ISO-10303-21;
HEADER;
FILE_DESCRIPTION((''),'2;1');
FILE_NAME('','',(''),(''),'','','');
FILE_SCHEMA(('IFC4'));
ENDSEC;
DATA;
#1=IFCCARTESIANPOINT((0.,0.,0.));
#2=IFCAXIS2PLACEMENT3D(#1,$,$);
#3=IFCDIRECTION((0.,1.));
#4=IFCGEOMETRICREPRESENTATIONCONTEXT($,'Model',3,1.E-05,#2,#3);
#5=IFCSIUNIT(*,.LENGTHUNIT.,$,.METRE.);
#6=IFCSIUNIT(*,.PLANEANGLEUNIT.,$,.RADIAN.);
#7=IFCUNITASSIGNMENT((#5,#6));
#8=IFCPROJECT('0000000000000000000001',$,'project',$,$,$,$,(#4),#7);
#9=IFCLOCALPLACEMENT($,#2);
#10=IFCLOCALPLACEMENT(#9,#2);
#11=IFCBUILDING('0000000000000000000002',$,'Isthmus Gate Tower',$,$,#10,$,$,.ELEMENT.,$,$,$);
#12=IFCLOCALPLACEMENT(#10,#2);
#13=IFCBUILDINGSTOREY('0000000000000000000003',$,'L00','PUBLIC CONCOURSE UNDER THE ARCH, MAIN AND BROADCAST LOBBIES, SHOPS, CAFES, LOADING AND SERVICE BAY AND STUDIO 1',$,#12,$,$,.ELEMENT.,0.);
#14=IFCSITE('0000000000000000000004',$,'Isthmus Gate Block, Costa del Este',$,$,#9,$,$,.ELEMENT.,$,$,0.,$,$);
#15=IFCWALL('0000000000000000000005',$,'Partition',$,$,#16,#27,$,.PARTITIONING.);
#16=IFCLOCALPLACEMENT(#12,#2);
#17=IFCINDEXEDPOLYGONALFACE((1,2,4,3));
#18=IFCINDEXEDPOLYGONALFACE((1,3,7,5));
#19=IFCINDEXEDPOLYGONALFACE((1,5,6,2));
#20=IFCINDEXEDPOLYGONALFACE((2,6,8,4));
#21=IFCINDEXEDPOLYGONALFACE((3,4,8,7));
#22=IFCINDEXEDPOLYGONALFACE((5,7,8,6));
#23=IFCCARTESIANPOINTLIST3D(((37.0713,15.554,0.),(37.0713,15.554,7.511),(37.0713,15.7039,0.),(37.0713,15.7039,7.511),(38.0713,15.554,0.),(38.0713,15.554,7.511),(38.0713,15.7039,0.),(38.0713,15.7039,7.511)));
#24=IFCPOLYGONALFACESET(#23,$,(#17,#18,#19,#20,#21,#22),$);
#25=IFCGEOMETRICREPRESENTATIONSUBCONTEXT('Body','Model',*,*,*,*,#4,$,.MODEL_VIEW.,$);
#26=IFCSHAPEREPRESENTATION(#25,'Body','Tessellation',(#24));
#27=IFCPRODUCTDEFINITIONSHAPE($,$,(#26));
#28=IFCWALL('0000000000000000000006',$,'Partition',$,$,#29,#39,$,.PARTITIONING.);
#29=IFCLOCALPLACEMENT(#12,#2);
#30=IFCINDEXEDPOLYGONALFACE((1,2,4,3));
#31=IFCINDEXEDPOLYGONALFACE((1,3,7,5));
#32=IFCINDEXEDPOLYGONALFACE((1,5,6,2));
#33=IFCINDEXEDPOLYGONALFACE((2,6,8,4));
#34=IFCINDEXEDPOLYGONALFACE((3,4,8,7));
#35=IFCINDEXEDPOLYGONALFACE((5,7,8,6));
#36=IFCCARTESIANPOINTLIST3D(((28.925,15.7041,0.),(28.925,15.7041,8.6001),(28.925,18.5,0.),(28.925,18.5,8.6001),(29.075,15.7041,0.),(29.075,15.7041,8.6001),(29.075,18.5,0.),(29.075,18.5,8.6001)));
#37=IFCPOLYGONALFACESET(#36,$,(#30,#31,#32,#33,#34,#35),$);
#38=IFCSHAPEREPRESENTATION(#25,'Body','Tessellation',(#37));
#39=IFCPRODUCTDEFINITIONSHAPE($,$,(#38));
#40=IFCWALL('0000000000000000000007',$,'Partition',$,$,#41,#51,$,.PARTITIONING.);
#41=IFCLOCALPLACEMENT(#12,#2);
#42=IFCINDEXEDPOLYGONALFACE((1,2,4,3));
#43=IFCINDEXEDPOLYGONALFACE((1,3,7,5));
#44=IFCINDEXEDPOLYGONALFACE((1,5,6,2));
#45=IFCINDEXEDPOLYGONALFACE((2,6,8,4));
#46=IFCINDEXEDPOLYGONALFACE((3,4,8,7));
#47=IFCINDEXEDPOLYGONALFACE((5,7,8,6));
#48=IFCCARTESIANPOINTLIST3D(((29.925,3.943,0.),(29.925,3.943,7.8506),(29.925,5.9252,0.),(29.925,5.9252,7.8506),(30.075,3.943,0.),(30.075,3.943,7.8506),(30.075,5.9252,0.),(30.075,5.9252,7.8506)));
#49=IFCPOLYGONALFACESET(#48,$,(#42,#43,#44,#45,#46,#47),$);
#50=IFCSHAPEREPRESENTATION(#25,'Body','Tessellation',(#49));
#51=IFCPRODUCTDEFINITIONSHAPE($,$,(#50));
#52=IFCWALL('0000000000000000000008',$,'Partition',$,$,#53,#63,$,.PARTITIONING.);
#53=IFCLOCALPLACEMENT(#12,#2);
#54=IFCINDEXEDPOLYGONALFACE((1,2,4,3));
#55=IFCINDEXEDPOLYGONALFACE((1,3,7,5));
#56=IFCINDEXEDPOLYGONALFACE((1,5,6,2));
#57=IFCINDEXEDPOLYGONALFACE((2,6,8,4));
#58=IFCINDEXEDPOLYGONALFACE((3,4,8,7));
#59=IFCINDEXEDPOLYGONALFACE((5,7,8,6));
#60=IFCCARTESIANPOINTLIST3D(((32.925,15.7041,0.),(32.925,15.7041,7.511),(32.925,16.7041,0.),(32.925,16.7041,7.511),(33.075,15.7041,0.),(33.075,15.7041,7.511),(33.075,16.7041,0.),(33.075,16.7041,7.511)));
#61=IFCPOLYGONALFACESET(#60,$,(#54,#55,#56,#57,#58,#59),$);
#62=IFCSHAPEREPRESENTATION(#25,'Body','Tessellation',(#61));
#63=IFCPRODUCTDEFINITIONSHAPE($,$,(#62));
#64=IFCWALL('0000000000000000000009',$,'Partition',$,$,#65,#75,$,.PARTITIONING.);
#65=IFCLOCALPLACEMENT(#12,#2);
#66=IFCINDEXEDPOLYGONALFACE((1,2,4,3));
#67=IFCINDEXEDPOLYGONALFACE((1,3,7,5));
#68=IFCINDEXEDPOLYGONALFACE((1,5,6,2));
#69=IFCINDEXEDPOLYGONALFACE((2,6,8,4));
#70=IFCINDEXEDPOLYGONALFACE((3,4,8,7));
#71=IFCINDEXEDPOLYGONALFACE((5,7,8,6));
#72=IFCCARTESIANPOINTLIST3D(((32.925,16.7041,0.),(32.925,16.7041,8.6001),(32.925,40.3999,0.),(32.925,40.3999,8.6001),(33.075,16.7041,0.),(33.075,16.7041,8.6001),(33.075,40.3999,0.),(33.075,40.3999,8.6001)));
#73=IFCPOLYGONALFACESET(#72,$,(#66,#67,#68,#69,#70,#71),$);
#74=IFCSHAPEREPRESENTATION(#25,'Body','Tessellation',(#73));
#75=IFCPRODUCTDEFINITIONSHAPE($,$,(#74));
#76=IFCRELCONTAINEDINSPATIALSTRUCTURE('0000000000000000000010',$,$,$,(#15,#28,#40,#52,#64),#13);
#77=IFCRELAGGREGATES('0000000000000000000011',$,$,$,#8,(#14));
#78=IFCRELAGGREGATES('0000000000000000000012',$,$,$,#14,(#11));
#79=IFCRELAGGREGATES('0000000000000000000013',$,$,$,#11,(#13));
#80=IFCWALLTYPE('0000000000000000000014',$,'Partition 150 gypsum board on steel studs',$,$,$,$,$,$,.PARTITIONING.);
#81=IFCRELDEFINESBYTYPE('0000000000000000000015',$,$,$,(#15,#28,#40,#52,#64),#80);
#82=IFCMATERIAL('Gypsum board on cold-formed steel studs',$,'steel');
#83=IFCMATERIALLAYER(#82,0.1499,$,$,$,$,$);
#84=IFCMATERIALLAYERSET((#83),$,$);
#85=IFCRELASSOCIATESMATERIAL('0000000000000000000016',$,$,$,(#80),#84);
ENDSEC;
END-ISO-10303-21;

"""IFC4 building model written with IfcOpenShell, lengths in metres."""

from ifc_helpers import new_model, si_unit, direction, frame, frame_2d, origin, place, context, subcontext, project, spatial, rectangle, extrude, material, layer, layer_set, type_object, element, save


model = new_model("IFC4")

# Units and contexts
model_context = context("Model", 3, precision=1e-05, world=origin(), true_north=direction((0.0, 1.0)))
body_context = subcontext(model_context, "Body", "Model", "MODEL_VIEW")
ifc_project = project(units=[si_unit("LENGTHUNIT", "METRE"), si_unit("PLANEANGLEUNIT", "RADIAN")], contexts=[model_context])

# Site, building, storey
site_placement = place(None, origin())
site = spatial("IfcSite", under=ifc_project, at=site_placement, Name="Isthmus Gate Block, Costa del Este", CompositionType="ELEMENT", RefElevation=0.0)
building_placement = place(site_placement, origin())
building = spatial("IfcBuilding", under=site, at=building_placement, Name="Isthmus Gate Tower", CompositionType="ELEMENT")
storey_placement = place(building_placement, origin())
storey = spatial("IfcBuildingStorey", under=building, at=storey_placement, Name="L00", Description="PUBLIC CONCOURSE UNDER THE ARCH, MAIN AND BROADCAST LOBBIES, SHOPS, CAFES, LOADING AND SERVICE BAY AND STUDIO 1", CompositionType="ELEMENT", Elevation=0.0)

# Shared definitions
ifc_material_1 = material(Name="Gypsum board on cold-formed steel studs", Category="steel")
ifc_layer_1 = layer(ifc_material_1, 0.1499)
ifc_layer_set_1 = layer_set([ifc_layer_1])
wall_type_1 = type_object("IfcWallType", Name="Partition 150 gypsum board on steel studs", PredefinedType="PARTITIONING", material=ifc_layer_set_1)

# Walls
wall_1_placement = place(storey_placement, frame((37.0713, 15.6289, 0.0), z_axis=(0.0, 0.0, 1.0), x_axis=(1.0, 0.0, 0.0)))
element("IfcWall", 1, at=wall_1_placement, inside=storey, type_object=wall_type_1, Name="Partition", PredefinedType="PARTITIONING", context=body_context, shape_type="SweptSolid", body=[
    extrude(rectangle(XDim=1.0, YDim=0.1499, at=frame_2d((0.5, 0.0))), origin(), (0.0, 0.0, 1.0), 7.511),
])
wall_2_placement = place(storey_placement, frame((29.0, 15.7041, 0.0), z_axis=(0.0, 0.0, 1.0), x_axis=(0.0, 1.0, 0.0)))
element("IfcWall", 2, at=wall_2_placement, inside=storey, type_object=wall_type_1, Name="Partition", PredefinedType="PARTITIONING", context=body_context, shape_type="SweptSolid", body=[
    extrude(rectangle(XDim=2.7959, YDim=0.1499, at=frame_2d((1.3979, 0.0))), origin(), (0.0, 0.0, 1.0), 8.6001),
])
wall_3_placement = place(storey_placement, frame((30.0, 3.9429, 0.0), z_axis=(0.0, 0.0, 1.0), x_axis=(0.0, 1.0, 0.0)))
element("IfcWall", 3, at=wall_3_placement, inside=storey, type_object=wall_type_1, Name="Partition", PredefinedType="PARTITIONING", context=body_context, shape_type="SweptSolid", body=[
    extrude(rectangle(XDim=1.9822, YDim=0.1499, at=frame_2d((0.9912, 0.0))), origin(), (0.0, 0.0, 1.0), 7.8506),
])
wall_4_placement = place(storey_placement, frame((33.0, 15.7041, 0.0), z_axis=(0.0, 0.0, 1.0), x_axis=(0.0, 1.0, 0.0)))
element("IfcWall", 4, at=wall_4_placement, inside=storey, type_object=wall_type_1, Name="Partition", PredefinedType="PARTITIONING", context=body_context, shape_type="SweptSolid", body=[
    extrude(rectangle(XDim=1.0, YDim=0.1499, at=frame_2d((0.5, 0.0))), origin(), (0.0, 0.0, 1.0), 7.511),
])
wall_5_placement = place(storey_placement, frame((33.0, 16.7041, 0.0), z_axis=(0.0, 0.0, 1.0), x_axis=(0.0, 1.0, 0.0)))
element("IfcWall", 5, at=wall_5_placement, inside=storey, type_object=wall_type_1, Name="Partition", PredefinedType="PARTITIONING", context=body_context, shape_type="SweptSolid", body=[
    extrude(rectangle(XDim=23.6958, YDim=0.1499, at=frame_2d((11.8479, 0.0))), origin(), (0.0, 0.0, 1.0), 8.6001),
])

save(model, "model.ifc")
